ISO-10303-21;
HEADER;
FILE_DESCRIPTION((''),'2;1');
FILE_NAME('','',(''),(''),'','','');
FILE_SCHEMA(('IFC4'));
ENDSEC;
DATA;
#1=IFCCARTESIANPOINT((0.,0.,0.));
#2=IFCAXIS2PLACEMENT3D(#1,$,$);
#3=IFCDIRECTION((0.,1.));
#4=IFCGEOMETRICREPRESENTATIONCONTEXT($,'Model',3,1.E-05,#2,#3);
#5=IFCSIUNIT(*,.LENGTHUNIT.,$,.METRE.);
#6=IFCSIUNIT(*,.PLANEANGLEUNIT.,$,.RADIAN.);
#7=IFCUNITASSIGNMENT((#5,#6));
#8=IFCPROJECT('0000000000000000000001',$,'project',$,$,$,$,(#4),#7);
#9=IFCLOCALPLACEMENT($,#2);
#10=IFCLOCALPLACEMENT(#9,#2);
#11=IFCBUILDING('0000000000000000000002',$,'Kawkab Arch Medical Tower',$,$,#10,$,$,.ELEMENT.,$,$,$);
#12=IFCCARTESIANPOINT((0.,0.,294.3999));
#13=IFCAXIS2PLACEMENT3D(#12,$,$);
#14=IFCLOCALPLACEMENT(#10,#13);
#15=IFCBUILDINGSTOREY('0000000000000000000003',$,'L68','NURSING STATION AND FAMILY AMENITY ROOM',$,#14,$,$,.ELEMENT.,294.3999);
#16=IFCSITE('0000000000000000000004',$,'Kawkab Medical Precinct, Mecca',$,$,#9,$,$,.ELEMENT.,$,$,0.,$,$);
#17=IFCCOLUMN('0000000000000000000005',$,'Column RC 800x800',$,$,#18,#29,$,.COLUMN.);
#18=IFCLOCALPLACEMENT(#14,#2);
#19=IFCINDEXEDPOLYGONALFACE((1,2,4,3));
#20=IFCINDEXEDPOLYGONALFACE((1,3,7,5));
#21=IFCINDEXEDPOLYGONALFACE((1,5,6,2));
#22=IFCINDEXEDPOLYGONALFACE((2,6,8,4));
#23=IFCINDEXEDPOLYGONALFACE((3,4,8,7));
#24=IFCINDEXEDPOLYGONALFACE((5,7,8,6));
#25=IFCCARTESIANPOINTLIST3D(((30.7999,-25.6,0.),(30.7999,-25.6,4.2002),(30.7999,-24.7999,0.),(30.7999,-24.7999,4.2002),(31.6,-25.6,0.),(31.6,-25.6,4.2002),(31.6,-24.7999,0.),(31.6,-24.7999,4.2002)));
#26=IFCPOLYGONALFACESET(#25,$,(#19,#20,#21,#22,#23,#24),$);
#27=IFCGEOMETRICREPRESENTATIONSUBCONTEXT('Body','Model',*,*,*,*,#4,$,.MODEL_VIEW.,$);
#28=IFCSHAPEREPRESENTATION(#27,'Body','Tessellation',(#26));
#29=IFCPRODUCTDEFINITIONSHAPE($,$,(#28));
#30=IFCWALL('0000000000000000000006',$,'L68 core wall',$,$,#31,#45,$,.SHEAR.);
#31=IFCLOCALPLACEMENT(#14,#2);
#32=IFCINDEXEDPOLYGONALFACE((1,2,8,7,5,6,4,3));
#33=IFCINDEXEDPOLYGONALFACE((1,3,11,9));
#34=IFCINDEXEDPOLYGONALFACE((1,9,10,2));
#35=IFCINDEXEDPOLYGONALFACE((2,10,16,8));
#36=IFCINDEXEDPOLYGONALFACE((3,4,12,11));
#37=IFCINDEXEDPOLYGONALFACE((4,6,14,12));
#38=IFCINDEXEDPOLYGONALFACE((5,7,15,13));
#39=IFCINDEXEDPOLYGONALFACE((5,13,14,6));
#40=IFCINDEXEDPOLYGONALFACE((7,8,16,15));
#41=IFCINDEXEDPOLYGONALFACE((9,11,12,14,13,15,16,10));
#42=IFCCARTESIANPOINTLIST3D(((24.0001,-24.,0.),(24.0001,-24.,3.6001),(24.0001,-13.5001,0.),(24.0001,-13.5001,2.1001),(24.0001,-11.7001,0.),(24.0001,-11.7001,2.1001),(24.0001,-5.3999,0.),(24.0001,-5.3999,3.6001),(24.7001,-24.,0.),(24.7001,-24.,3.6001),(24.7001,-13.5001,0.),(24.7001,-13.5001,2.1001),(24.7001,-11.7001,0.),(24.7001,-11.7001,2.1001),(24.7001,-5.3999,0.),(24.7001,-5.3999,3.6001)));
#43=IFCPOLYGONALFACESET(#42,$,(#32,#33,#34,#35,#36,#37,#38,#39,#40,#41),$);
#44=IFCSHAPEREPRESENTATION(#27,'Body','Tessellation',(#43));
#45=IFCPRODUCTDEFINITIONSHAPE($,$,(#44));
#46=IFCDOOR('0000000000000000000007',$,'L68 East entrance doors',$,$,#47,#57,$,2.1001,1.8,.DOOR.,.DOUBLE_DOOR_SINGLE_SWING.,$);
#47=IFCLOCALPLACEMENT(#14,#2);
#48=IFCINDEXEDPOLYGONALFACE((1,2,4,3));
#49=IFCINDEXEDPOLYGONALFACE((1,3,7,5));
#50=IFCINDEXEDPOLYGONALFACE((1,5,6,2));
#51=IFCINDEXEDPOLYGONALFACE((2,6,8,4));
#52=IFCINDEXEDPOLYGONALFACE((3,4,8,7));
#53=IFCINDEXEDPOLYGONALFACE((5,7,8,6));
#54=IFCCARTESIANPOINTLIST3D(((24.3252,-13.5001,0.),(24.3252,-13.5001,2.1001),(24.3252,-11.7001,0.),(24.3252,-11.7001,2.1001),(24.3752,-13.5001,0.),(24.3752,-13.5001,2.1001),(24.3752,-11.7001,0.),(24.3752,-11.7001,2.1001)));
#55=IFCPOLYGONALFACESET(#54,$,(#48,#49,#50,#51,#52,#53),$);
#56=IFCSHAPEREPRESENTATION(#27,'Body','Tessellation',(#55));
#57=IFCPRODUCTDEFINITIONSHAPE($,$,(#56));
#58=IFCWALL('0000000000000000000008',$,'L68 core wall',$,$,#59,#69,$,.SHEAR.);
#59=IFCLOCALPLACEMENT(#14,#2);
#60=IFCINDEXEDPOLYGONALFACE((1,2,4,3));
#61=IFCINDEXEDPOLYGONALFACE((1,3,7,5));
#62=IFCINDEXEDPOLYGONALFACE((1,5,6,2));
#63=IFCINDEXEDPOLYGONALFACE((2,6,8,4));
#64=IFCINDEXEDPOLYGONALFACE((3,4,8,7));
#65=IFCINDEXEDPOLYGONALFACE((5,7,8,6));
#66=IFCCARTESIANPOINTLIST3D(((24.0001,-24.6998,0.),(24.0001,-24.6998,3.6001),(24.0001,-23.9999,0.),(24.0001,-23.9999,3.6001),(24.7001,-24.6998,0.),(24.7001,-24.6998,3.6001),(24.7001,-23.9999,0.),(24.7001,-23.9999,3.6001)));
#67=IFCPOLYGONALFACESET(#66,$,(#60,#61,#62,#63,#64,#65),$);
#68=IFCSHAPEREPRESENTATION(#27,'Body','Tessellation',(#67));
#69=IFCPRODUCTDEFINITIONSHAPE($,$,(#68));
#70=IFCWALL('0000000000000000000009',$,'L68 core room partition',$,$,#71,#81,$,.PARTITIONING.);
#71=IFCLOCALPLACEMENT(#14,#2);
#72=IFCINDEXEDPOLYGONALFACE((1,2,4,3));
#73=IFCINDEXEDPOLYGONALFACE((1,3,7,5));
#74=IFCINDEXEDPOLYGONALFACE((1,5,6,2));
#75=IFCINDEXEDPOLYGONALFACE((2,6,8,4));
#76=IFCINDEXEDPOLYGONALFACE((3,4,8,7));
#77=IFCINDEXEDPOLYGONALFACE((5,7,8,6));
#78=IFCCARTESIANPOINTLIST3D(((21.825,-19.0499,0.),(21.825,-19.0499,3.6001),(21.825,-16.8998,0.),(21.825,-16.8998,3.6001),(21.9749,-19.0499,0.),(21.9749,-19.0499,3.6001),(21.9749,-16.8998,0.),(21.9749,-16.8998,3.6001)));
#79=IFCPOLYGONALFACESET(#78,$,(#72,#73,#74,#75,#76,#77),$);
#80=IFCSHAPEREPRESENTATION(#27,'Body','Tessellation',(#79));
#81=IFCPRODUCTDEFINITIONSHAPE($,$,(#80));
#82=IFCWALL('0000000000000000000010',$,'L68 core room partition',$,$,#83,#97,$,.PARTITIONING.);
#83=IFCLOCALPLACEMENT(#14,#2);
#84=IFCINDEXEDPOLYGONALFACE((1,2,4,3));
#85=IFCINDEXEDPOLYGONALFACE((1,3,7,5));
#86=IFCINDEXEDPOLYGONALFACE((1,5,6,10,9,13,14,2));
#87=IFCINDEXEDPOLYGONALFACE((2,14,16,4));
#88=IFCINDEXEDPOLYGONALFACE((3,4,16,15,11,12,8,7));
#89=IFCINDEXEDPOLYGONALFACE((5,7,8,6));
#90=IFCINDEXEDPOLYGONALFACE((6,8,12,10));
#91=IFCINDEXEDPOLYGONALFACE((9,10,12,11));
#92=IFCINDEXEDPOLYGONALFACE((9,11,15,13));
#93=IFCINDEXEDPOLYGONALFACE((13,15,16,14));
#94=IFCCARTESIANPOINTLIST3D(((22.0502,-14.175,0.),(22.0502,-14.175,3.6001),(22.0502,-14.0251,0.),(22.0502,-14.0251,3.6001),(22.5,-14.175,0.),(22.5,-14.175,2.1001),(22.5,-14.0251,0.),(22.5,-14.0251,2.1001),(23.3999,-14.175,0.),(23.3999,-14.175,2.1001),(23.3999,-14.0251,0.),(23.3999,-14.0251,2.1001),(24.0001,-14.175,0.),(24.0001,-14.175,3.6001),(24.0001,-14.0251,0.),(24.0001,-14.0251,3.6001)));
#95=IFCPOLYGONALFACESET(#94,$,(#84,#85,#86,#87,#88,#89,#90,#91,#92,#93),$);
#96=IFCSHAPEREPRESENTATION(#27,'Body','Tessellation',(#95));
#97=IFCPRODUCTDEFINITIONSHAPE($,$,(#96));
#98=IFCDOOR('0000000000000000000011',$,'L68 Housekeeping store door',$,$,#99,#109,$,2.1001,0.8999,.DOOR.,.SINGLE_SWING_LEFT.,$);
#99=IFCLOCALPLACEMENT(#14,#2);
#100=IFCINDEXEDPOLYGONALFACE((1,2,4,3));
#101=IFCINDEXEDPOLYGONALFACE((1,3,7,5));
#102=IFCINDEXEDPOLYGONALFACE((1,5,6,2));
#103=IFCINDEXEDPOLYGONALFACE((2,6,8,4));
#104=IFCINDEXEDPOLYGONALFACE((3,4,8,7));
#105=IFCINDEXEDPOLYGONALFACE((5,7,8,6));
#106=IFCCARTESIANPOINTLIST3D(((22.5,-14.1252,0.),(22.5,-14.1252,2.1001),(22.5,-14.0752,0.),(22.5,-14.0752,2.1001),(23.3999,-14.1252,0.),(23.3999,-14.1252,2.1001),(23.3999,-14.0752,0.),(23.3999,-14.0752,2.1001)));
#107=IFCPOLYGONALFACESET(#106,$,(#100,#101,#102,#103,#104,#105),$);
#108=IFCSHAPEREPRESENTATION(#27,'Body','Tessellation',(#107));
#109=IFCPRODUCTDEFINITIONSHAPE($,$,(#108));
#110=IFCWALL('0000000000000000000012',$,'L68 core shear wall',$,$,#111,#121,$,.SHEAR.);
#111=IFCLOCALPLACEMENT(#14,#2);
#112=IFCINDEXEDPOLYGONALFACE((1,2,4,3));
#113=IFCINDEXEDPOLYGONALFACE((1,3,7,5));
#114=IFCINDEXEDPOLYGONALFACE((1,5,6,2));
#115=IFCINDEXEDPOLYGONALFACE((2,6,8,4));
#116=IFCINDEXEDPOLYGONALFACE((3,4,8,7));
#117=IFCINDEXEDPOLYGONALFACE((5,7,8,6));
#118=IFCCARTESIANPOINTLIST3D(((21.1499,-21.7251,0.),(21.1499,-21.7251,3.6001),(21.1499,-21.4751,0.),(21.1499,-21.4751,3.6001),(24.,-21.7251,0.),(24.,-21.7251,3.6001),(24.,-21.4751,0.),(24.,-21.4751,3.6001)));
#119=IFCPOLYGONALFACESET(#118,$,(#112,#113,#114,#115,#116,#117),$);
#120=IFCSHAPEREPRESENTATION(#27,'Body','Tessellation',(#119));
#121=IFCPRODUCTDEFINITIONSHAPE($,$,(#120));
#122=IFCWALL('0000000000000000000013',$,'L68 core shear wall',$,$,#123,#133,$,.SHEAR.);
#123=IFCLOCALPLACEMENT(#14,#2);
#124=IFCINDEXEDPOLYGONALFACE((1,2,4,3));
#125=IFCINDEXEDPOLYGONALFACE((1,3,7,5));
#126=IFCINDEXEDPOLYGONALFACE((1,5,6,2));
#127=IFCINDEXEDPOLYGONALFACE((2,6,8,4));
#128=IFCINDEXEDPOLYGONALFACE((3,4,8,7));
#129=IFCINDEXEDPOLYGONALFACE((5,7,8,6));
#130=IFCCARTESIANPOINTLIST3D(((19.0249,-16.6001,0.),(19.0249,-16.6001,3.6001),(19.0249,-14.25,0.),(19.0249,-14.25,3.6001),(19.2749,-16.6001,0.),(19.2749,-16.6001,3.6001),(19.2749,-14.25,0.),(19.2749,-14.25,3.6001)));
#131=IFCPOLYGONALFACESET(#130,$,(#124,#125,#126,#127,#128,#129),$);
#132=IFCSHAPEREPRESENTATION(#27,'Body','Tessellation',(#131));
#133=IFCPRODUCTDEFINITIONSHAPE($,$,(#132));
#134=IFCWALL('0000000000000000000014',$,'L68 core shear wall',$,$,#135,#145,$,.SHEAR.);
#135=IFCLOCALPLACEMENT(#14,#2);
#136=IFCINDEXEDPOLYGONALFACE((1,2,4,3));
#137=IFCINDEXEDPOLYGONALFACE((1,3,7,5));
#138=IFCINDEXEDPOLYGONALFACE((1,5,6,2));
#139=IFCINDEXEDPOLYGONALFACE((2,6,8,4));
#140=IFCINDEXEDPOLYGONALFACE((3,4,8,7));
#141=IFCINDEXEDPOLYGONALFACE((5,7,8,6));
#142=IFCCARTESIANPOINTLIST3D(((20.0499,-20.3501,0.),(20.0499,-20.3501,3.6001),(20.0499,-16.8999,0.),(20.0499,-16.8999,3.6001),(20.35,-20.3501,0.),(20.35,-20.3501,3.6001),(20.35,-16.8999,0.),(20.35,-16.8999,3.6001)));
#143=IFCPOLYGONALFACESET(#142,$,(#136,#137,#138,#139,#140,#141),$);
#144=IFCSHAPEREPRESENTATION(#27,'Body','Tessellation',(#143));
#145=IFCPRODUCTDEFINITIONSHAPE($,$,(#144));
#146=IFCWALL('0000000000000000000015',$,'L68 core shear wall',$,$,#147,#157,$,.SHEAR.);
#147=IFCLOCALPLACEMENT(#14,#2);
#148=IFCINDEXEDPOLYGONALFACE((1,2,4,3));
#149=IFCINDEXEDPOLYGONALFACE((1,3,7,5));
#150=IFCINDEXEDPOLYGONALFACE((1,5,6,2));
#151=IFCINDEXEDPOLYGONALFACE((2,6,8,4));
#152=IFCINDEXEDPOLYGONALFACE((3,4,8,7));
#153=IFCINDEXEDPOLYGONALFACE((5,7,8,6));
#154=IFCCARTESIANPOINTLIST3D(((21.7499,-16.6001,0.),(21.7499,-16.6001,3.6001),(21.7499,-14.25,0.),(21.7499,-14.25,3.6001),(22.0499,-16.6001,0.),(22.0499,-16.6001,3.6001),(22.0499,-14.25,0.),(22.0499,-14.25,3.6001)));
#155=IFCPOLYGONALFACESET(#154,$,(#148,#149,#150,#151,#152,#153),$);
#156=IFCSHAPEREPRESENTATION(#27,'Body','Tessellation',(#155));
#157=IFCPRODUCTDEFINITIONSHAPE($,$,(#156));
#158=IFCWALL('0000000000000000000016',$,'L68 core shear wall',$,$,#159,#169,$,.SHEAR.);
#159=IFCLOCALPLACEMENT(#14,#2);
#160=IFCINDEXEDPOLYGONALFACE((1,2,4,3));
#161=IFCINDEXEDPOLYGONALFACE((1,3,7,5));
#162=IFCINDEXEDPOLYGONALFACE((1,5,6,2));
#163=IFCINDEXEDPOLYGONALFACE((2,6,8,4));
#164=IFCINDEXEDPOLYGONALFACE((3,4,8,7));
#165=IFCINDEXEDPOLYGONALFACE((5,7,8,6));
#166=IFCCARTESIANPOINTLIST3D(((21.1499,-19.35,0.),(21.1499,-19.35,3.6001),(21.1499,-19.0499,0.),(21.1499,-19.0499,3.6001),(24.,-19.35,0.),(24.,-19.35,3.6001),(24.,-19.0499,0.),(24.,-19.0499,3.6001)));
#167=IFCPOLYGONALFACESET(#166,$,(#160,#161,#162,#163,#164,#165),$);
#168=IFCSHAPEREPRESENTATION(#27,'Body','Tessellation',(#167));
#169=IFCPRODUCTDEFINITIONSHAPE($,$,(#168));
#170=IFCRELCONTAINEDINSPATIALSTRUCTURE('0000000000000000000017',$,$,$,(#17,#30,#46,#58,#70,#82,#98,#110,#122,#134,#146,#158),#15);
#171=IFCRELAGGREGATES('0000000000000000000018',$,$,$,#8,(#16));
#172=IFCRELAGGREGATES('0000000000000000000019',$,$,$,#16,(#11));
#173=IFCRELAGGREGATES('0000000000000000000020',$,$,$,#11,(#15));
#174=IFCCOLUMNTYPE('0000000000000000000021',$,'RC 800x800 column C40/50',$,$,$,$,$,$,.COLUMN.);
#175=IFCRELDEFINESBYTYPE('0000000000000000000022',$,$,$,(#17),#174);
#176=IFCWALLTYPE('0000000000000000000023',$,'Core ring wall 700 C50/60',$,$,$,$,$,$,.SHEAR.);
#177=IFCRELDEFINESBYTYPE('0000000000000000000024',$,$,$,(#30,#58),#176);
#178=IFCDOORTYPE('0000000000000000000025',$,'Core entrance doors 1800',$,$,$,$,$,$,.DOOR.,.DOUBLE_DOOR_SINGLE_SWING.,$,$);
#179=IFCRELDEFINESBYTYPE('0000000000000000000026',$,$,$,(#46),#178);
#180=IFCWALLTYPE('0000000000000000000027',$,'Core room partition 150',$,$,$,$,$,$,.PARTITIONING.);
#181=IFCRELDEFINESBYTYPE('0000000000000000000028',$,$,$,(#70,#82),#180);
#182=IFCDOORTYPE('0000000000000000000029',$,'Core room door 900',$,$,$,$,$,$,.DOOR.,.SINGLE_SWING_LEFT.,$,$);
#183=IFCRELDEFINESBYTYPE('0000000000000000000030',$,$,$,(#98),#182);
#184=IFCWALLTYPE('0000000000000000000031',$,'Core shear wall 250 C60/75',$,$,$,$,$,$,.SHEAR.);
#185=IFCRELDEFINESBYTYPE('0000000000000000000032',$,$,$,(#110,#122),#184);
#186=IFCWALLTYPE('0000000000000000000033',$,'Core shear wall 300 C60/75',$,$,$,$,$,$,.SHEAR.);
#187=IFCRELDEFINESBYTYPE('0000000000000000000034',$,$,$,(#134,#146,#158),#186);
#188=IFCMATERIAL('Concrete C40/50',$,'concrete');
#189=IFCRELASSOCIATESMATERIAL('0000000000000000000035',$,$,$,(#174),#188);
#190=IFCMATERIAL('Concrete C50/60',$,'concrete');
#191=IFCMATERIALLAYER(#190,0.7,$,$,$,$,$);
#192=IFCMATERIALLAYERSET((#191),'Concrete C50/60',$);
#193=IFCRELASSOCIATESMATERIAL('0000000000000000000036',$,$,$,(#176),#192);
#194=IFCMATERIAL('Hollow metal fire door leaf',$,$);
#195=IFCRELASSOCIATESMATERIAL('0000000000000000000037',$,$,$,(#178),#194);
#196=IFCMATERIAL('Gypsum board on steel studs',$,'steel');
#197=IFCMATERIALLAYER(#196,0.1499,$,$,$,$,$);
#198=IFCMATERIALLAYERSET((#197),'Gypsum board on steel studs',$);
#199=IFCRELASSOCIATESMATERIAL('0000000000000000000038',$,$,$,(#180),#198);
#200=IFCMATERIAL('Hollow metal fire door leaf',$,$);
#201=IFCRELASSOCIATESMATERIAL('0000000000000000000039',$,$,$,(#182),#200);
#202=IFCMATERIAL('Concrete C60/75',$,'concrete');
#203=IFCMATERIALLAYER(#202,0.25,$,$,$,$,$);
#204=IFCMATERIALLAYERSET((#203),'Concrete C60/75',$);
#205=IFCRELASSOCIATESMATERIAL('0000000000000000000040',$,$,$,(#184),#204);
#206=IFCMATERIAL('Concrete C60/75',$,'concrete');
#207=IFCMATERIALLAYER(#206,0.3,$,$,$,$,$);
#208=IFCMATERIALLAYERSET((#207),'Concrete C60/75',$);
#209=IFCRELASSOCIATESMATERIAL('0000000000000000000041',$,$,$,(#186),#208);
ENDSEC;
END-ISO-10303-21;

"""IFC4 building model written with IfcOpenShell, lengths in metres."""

from ifc_helpers import new_model, si_unit, direction, frame, frame_2d, origin, origin_2d, place, context, subcontext, project, spatial, rectangle, extrude, material, layer, layer_set, material_profile, profile_set, type_object, element, fill, save


model = new_model("IFC4")

# Units and contexts
model_context = context("Model", 3, precision=1e-05, world=origin(), true_north=direction((0.0, 1.0)))
body_context = subcontext(model_context, "Body", "Model", "MODEL_VIEW")
ifc_project = project(units=[si_unit("LENGTHUNIT", "METRE"), si_unit("PLANEANGLEUNIT", "RADIAN")], contexts=[model_context])

# Site, building, storey
site_placement = place(None, origin())
site = spatial("IfcSite", under=ifc_project, at=site_placement, Name="Kawkab Medical Precinct, Mecca", CompositionType="ELEMENT", RefElevation=0.0)
building_placement = place(site_placement, origin())
building = spatial("IfcBuilding", under=site, at=building_placement, Name="Kawkab Arch Medical Tower", CompositionType="ELEMENT")
storey_placement = place(building_placement, frame((0.0, 0.0, 294.3999)))
storey = spatial("IfcBuildingStorey", under=building, at=storey_placement, Name="L68", Description="NURSING STATION AND FAMILY AMENITY ROOM", CompositionType="ELEMENT", Elevation=294.3999)

# Column
ifc_material_1 = material(Name="Concrete C40/50", Category="concrete")
ifc_material_profile = material_profile(ifc_material_1, rectangle(XDim=0.8, YDim=0.8, at=origin_2d()), Name="RC 800x800")
ifc_profile_set = profile_set([ifc_material_profile], Name="Concrete C40/50")
column_type = type_object("IfcColumnType", Name="RC 800x800 column C40/50", PredefinedType="COLUMN", material=ifc_profile_set)
column_placement = place(storey_placement, frame((31.2, -25.2, 0.0), z_axis=(0.0, 0.0, 1.0), x_axis=(1.0, 0.0, 0.0)))
element("IfcColumn", 1, at=column_placement, inside=storey, type_object=column_type, Name="Column RC 800x800", PredefinedType="COLUMN", context=body_context, shape_type="SweptSolid", body=[
    extrude(rectangle(XDim=0.8, YDim=0.8, at=origin_2d()), origin(), (0.0, 0.0, 1.0), 4.2002),
])

# Wall, opening, door
ifc_material_2 = material(Name="Concrete C50/60", Category="concrete")
ifc_layer_1 = layer(ifc_material_2, 0.7)
ifc_layer_set_1 = layer_set([ifc_layer_1], Name="Concrete C50/60")
wall_type_1 = type_object("IfcWallType", Name="Core ring wall 700 C50/60", PredefinedType="SHEAR", material=ifc_layer_set_1)
wall_1_placement = place(storey_placement, frame((24.3501, -24.0, 0.0), z_axis=(0.0, 0.0, 1.0), x_axis=(0.0, 1.0, 0.0)))
wall_1 = element("IfcWall", 2, at=wall_1_placement, inside=storey, type_object=wall_type_1, Name="L68 core wall", PredefinedType="SHEAR", context=body_context, shape_type="SweptSolid", body=[
    extrude(rectangle(XDim=18.6001, YDim=0.7, at=frame_2d((9.3, 0.0))), origin(), (0.0, 0.0, 1.0), 3.6001),
])
opening_1_placement = place(wall_1_placement, frame((10.5, 0.0, 0.0)))
opening_1 = element("IfcOpeningElement", 3, at=opening_1_placement, cuts=wall_1, PredefinedType="OPENING", context=body_context, shape_type="SweptSolid", body=[
    extrude(rectangle(XDim=1.8, YDim=2.1001, at=frame_2d((0.8999, 1.05))), frame((0.0, 0.3599, 0.0), z_axis=(0.0, -1.0, 0.0), x_axis=(1.0, 0.0, 0.0)), (0.0, 0.0, 1.0), 0.72),
])
ifc_material_3 = material(Name="Hollow metal fire door leaf")
door_type_1 = type_object("IfcDoorType", Name="Core entrance doors 1800", OperationType="DOUBLE_DOOR_SINGLE_SWING", PredefinedType="DOOR", material=ifc_material_3)
door_1_placement = place(opening_1_placement, origin())
door_1 = element("IfcDoor", 4, at=door_1_placement, inside=storey, type_object=door_type_1, Name="L68 East entrance doors", OperationType="DOUBLE_DOOR_SINGLE_SWING", OverallHeight=2.1001, OverallWidth=1.8, PredefinedType="DOOR", context=body_context, shape_type="SweptSolid", body=[
    extrude(rectangle(XDim=1.8, YDim=2.1001, at=frame_2d((0.8999, 1.05))), frame((0.0, 0.0249, 0.0), z_axis=(0.0, -1.0, 0.0), x_axis=(1.0, 0.0, 0.0)), (0.0, 0.0, 1.0), 0.05),
])
fill(opening_1, door_1)

# Walls
wall_2_placement = place(storey_placement, frame((24.3501, -24.7, 0.0), z_axis=(0.0, 0.0, 1.0), x_axis=(0.0, 1.0, 0.0)))
element("IfcWall", 5, at=wall_2_placement, inside=storey, type_object=wall_type_1, Name="L68 core wall", PredefinedType="SHEAR", context=body_context, shape_type="SweptSolid", body=[
    extrude(rectangle(XDim=0.7, YDim=0.7, at=frame_2d((0.3501, 0.0))), origin(), (0.0, 0.0, 1.0), 3.6001),
])
ifc_material_4 = material(Name="Gypsum board on steel studs", Category="steel")
ifc_layer_2 = layer(ifc_material_4, 0.1499)
ifc_layer_set_2 = layer_set([ifc_layer_2], Name="Gypsum board on steel studs")
wall_type_2 = type_object("IfcWallType", Name="Core room partition 150", PredefinedType="PARTITIONING", material=ifc_layer_set_2)
wall_3_placement = place(storey_placement, frame((21.8999, -19.05, 0.0), z_axis=(0.0, 0.0, 1.0), x_axis=(0.0, 1.0, 0.0)))
element("IfcWall", 6, at=wall_3_placement, inside=storey, type_object=wall_type_2, Name="L68 core room partition", PredefinedType="PARTITIONING", context=body_context, shape_type="SweptSolid", body=[
    extrude(rectangle(XDim=2.1501, YDim=0.1499, at=frame_2d((1.0752, 0.0))), origin(), (0.0, 0.0, 1.0), 3.6001),
])

# Wall, opening, door
wall_4_placement = place(storey_placement, frame((22.05, -14.1001, 0.0), z_axis=(0.0, 0.0, 1.0), x_axis=(1.0, 0.0, 0.0)))
wall_4 = element("IfcWall", 7, at=wall_4_placement, inside=storey, type_object=wall_type_2, Name="L68 core room partition", PredefinedType="PARTITIONING", context=body_context, shape_type="SweptSolid", body=[
    extrude(rectangle(XDim=1.95, YDim=0.1499, at=frame_2d((0.9751, 0.0))), origin(), (0.0, 0.0, 1.0), 3.6001),
])
opening_2_placement = place(wall_4_placement, frame((0.45, 0.0, 0.0)))
opening_2 = element("IfcOpeningElement", 8, at=opening_2_placement, cuts=wall_4, PredefinedType="OPENING", context=body_context, shape_type="SweptSolid", body=[
    extrude(rectangle(XDim=0.8999, YDim=2.1001, at=frame_2d((0.45, 1.05))), frame((0.0, 0.085, 0.0), z_axis=(0.0, -1.0, 0.0), x_axis=(1.0, 0.0, 0.0)), (0.0, 0.0, 1.0), 0.1699),
])
ifc_material_5 = material(Name="Hollow metal fire door leaf")
door_type_2 = type_object("IfcDoorType", Name="Core room door 900", OperationType="SINGLE_SWING_LEFT", PredefinedType="DOOR", material=ifc_material_5)
door_2_placement = place(opening_2_placement, origin())
door_2 = element("IfcDoor", 9, at=door_2_placement, inside=storey, type_object=door_type_2, Name="L68 Housekeeping store door", OperationType="SINGLE_SWING_LEFT", OverallHeight=2.1001, OverallWidth=0.8999, PredefinedType="DOOR", context=body_context, shape_type="SweptSolid", body=[
    extrude(rectangle(XDim=0.8999, YDim=2.1001, at=frame_2d((0.45, 1.05))), frame((0.0, 0.0249, 0.0), z_axis=(0.0, -1.0, 0.0), x_axis=(1.0, 0.0, 0.0)), (0.0, 0.0, 1.0), 0.05),
])
fill(opening_2, door_2)

# Walls
ifc_material_6 = material(Name="Concrete C60/75", Category="concrete")
ifc_layer_3 = layer(ifc_material_6, 0.25)
ifc_layer_set_3 = layer_set([ifc_layer_3], Name="Concrete C60/75")
wall_type_3 = type_object("IfcWallType", Name="Core shear wall 250 C60/75", PredefinedType="SHEAR", material=ifc_layer_set_3)
wall_5_placement = place(storey_placement, frame((21.1499, -21.6001, 0.0), z_axis=(0.0, 0.0, 1.0), x_axis=(1.0, 0.0, 0.0)))
element("IfcWall", 10, at=wall_5_placement, inside=storey, type_object=wall_type_3, Name="L68 core shear wall", PredefinedType="SHEAR", context=body_context, shape_type="SweptSolid", body=[
    extrude(rectangle(XDim=2.8501, YDim=0.25, at=frame_2d((1.425, 0.0))), origin(), (0.0, 0.0, 1.0), 3.6001),
])
wall_6_placement = place(storey_placement, frame((19.1499, -16.6001, 0.0), z_axis=(0.0, 0.0, 1.0), x_axis=(0.0, 1.0, 0.0)))
element("IfcWall", 11, at=wall_6_placement, inside=storey, type_object=wall_type_3, Name="L68 core shear wall", PredefinedType="SHEAR", context=body_context, shape_type="SweptSolid", body=[
    extrude(rectangle(XDim=2.3501, YDim=0.25, at=frame_2d((1.175, 0.0))), origin(), (0.0, 0.0, 1.0), 3.6001),
])
ifc_material_7 = material(Name="Concrete C60/75", Category="concrete")
ifc_layer_4 = layer(ifc_material_7, 0.3)
ifc_layer_set_4 = layer_set([ifc_layer_4], Name="Concrete C60/75")
wall_type_4 = type_object("IfcWallType", Name="Core shear wall 300 C60/75", PredefinedType="SHEAR", material=ifc_layer_set_4)
wall_7_placement = place(storey_placement, frame((20.2, -20.3501, 0.0), z_axis=(0.0, 0.0, 1.0), x_axis=(0.0, 1.0, 0.0)))
element("IfcWall", 12, at=wall_7_placement, inside=storey, type_object=wall_type_4, Name="L68 core shear wall", PredefinedType="SHEAR", context=body_context, shape_type="SweptSolid", body=[
    extrude(rectangle(XDim=3.4502, YDim=0.3, at=frame_2d((1.7251, 0.0))), origin(), (0.0, 0.0, 1.0), 3.6001),
])
wall_8_placement = place(storey_placement, frame((21.8999, -16.6001, 0.0), z_axis=(0.0, 0.0, 1.0), x_axis=(0.0, 1.0, 0.0)))
element("IfcWall", 13, at=wall_8_placement, inside=storey, type_object=wall_type_4, Name="L68 core shear wall", PredefinedType="SHEAR", context=body_context, shape_type="SweptSolid", body=[
    extrude(rectangle(XDim=2.3501, YDim=0.3, at=frame_2d((1.175, 0.0))), origin(), (0.0, 0.0, 1.0), 3.6001),
])
wall_9_placement = place(storey_placement, frame((21.1499, -19.2, 0.0), z_axis=(0.0, 0.0, 1.0), x_axis=(1.0, 0.0, 0.0)))
element("IfcWall", 14, at=wall_9_placement, inside=storey, type_object=wall_type_4, Name="L68 core shear wall", PredefinedType="SHEAR", context=body_context, shape_type="SweptSolid", body=[
    extrude(rectangle(XDim=2.8501, YDim=0.3, at=frame_2d((1.425, 0.0))), origin(), (0.0, 0.0, 1.0), 3.6001),
])

save(model, "model.ifc")
